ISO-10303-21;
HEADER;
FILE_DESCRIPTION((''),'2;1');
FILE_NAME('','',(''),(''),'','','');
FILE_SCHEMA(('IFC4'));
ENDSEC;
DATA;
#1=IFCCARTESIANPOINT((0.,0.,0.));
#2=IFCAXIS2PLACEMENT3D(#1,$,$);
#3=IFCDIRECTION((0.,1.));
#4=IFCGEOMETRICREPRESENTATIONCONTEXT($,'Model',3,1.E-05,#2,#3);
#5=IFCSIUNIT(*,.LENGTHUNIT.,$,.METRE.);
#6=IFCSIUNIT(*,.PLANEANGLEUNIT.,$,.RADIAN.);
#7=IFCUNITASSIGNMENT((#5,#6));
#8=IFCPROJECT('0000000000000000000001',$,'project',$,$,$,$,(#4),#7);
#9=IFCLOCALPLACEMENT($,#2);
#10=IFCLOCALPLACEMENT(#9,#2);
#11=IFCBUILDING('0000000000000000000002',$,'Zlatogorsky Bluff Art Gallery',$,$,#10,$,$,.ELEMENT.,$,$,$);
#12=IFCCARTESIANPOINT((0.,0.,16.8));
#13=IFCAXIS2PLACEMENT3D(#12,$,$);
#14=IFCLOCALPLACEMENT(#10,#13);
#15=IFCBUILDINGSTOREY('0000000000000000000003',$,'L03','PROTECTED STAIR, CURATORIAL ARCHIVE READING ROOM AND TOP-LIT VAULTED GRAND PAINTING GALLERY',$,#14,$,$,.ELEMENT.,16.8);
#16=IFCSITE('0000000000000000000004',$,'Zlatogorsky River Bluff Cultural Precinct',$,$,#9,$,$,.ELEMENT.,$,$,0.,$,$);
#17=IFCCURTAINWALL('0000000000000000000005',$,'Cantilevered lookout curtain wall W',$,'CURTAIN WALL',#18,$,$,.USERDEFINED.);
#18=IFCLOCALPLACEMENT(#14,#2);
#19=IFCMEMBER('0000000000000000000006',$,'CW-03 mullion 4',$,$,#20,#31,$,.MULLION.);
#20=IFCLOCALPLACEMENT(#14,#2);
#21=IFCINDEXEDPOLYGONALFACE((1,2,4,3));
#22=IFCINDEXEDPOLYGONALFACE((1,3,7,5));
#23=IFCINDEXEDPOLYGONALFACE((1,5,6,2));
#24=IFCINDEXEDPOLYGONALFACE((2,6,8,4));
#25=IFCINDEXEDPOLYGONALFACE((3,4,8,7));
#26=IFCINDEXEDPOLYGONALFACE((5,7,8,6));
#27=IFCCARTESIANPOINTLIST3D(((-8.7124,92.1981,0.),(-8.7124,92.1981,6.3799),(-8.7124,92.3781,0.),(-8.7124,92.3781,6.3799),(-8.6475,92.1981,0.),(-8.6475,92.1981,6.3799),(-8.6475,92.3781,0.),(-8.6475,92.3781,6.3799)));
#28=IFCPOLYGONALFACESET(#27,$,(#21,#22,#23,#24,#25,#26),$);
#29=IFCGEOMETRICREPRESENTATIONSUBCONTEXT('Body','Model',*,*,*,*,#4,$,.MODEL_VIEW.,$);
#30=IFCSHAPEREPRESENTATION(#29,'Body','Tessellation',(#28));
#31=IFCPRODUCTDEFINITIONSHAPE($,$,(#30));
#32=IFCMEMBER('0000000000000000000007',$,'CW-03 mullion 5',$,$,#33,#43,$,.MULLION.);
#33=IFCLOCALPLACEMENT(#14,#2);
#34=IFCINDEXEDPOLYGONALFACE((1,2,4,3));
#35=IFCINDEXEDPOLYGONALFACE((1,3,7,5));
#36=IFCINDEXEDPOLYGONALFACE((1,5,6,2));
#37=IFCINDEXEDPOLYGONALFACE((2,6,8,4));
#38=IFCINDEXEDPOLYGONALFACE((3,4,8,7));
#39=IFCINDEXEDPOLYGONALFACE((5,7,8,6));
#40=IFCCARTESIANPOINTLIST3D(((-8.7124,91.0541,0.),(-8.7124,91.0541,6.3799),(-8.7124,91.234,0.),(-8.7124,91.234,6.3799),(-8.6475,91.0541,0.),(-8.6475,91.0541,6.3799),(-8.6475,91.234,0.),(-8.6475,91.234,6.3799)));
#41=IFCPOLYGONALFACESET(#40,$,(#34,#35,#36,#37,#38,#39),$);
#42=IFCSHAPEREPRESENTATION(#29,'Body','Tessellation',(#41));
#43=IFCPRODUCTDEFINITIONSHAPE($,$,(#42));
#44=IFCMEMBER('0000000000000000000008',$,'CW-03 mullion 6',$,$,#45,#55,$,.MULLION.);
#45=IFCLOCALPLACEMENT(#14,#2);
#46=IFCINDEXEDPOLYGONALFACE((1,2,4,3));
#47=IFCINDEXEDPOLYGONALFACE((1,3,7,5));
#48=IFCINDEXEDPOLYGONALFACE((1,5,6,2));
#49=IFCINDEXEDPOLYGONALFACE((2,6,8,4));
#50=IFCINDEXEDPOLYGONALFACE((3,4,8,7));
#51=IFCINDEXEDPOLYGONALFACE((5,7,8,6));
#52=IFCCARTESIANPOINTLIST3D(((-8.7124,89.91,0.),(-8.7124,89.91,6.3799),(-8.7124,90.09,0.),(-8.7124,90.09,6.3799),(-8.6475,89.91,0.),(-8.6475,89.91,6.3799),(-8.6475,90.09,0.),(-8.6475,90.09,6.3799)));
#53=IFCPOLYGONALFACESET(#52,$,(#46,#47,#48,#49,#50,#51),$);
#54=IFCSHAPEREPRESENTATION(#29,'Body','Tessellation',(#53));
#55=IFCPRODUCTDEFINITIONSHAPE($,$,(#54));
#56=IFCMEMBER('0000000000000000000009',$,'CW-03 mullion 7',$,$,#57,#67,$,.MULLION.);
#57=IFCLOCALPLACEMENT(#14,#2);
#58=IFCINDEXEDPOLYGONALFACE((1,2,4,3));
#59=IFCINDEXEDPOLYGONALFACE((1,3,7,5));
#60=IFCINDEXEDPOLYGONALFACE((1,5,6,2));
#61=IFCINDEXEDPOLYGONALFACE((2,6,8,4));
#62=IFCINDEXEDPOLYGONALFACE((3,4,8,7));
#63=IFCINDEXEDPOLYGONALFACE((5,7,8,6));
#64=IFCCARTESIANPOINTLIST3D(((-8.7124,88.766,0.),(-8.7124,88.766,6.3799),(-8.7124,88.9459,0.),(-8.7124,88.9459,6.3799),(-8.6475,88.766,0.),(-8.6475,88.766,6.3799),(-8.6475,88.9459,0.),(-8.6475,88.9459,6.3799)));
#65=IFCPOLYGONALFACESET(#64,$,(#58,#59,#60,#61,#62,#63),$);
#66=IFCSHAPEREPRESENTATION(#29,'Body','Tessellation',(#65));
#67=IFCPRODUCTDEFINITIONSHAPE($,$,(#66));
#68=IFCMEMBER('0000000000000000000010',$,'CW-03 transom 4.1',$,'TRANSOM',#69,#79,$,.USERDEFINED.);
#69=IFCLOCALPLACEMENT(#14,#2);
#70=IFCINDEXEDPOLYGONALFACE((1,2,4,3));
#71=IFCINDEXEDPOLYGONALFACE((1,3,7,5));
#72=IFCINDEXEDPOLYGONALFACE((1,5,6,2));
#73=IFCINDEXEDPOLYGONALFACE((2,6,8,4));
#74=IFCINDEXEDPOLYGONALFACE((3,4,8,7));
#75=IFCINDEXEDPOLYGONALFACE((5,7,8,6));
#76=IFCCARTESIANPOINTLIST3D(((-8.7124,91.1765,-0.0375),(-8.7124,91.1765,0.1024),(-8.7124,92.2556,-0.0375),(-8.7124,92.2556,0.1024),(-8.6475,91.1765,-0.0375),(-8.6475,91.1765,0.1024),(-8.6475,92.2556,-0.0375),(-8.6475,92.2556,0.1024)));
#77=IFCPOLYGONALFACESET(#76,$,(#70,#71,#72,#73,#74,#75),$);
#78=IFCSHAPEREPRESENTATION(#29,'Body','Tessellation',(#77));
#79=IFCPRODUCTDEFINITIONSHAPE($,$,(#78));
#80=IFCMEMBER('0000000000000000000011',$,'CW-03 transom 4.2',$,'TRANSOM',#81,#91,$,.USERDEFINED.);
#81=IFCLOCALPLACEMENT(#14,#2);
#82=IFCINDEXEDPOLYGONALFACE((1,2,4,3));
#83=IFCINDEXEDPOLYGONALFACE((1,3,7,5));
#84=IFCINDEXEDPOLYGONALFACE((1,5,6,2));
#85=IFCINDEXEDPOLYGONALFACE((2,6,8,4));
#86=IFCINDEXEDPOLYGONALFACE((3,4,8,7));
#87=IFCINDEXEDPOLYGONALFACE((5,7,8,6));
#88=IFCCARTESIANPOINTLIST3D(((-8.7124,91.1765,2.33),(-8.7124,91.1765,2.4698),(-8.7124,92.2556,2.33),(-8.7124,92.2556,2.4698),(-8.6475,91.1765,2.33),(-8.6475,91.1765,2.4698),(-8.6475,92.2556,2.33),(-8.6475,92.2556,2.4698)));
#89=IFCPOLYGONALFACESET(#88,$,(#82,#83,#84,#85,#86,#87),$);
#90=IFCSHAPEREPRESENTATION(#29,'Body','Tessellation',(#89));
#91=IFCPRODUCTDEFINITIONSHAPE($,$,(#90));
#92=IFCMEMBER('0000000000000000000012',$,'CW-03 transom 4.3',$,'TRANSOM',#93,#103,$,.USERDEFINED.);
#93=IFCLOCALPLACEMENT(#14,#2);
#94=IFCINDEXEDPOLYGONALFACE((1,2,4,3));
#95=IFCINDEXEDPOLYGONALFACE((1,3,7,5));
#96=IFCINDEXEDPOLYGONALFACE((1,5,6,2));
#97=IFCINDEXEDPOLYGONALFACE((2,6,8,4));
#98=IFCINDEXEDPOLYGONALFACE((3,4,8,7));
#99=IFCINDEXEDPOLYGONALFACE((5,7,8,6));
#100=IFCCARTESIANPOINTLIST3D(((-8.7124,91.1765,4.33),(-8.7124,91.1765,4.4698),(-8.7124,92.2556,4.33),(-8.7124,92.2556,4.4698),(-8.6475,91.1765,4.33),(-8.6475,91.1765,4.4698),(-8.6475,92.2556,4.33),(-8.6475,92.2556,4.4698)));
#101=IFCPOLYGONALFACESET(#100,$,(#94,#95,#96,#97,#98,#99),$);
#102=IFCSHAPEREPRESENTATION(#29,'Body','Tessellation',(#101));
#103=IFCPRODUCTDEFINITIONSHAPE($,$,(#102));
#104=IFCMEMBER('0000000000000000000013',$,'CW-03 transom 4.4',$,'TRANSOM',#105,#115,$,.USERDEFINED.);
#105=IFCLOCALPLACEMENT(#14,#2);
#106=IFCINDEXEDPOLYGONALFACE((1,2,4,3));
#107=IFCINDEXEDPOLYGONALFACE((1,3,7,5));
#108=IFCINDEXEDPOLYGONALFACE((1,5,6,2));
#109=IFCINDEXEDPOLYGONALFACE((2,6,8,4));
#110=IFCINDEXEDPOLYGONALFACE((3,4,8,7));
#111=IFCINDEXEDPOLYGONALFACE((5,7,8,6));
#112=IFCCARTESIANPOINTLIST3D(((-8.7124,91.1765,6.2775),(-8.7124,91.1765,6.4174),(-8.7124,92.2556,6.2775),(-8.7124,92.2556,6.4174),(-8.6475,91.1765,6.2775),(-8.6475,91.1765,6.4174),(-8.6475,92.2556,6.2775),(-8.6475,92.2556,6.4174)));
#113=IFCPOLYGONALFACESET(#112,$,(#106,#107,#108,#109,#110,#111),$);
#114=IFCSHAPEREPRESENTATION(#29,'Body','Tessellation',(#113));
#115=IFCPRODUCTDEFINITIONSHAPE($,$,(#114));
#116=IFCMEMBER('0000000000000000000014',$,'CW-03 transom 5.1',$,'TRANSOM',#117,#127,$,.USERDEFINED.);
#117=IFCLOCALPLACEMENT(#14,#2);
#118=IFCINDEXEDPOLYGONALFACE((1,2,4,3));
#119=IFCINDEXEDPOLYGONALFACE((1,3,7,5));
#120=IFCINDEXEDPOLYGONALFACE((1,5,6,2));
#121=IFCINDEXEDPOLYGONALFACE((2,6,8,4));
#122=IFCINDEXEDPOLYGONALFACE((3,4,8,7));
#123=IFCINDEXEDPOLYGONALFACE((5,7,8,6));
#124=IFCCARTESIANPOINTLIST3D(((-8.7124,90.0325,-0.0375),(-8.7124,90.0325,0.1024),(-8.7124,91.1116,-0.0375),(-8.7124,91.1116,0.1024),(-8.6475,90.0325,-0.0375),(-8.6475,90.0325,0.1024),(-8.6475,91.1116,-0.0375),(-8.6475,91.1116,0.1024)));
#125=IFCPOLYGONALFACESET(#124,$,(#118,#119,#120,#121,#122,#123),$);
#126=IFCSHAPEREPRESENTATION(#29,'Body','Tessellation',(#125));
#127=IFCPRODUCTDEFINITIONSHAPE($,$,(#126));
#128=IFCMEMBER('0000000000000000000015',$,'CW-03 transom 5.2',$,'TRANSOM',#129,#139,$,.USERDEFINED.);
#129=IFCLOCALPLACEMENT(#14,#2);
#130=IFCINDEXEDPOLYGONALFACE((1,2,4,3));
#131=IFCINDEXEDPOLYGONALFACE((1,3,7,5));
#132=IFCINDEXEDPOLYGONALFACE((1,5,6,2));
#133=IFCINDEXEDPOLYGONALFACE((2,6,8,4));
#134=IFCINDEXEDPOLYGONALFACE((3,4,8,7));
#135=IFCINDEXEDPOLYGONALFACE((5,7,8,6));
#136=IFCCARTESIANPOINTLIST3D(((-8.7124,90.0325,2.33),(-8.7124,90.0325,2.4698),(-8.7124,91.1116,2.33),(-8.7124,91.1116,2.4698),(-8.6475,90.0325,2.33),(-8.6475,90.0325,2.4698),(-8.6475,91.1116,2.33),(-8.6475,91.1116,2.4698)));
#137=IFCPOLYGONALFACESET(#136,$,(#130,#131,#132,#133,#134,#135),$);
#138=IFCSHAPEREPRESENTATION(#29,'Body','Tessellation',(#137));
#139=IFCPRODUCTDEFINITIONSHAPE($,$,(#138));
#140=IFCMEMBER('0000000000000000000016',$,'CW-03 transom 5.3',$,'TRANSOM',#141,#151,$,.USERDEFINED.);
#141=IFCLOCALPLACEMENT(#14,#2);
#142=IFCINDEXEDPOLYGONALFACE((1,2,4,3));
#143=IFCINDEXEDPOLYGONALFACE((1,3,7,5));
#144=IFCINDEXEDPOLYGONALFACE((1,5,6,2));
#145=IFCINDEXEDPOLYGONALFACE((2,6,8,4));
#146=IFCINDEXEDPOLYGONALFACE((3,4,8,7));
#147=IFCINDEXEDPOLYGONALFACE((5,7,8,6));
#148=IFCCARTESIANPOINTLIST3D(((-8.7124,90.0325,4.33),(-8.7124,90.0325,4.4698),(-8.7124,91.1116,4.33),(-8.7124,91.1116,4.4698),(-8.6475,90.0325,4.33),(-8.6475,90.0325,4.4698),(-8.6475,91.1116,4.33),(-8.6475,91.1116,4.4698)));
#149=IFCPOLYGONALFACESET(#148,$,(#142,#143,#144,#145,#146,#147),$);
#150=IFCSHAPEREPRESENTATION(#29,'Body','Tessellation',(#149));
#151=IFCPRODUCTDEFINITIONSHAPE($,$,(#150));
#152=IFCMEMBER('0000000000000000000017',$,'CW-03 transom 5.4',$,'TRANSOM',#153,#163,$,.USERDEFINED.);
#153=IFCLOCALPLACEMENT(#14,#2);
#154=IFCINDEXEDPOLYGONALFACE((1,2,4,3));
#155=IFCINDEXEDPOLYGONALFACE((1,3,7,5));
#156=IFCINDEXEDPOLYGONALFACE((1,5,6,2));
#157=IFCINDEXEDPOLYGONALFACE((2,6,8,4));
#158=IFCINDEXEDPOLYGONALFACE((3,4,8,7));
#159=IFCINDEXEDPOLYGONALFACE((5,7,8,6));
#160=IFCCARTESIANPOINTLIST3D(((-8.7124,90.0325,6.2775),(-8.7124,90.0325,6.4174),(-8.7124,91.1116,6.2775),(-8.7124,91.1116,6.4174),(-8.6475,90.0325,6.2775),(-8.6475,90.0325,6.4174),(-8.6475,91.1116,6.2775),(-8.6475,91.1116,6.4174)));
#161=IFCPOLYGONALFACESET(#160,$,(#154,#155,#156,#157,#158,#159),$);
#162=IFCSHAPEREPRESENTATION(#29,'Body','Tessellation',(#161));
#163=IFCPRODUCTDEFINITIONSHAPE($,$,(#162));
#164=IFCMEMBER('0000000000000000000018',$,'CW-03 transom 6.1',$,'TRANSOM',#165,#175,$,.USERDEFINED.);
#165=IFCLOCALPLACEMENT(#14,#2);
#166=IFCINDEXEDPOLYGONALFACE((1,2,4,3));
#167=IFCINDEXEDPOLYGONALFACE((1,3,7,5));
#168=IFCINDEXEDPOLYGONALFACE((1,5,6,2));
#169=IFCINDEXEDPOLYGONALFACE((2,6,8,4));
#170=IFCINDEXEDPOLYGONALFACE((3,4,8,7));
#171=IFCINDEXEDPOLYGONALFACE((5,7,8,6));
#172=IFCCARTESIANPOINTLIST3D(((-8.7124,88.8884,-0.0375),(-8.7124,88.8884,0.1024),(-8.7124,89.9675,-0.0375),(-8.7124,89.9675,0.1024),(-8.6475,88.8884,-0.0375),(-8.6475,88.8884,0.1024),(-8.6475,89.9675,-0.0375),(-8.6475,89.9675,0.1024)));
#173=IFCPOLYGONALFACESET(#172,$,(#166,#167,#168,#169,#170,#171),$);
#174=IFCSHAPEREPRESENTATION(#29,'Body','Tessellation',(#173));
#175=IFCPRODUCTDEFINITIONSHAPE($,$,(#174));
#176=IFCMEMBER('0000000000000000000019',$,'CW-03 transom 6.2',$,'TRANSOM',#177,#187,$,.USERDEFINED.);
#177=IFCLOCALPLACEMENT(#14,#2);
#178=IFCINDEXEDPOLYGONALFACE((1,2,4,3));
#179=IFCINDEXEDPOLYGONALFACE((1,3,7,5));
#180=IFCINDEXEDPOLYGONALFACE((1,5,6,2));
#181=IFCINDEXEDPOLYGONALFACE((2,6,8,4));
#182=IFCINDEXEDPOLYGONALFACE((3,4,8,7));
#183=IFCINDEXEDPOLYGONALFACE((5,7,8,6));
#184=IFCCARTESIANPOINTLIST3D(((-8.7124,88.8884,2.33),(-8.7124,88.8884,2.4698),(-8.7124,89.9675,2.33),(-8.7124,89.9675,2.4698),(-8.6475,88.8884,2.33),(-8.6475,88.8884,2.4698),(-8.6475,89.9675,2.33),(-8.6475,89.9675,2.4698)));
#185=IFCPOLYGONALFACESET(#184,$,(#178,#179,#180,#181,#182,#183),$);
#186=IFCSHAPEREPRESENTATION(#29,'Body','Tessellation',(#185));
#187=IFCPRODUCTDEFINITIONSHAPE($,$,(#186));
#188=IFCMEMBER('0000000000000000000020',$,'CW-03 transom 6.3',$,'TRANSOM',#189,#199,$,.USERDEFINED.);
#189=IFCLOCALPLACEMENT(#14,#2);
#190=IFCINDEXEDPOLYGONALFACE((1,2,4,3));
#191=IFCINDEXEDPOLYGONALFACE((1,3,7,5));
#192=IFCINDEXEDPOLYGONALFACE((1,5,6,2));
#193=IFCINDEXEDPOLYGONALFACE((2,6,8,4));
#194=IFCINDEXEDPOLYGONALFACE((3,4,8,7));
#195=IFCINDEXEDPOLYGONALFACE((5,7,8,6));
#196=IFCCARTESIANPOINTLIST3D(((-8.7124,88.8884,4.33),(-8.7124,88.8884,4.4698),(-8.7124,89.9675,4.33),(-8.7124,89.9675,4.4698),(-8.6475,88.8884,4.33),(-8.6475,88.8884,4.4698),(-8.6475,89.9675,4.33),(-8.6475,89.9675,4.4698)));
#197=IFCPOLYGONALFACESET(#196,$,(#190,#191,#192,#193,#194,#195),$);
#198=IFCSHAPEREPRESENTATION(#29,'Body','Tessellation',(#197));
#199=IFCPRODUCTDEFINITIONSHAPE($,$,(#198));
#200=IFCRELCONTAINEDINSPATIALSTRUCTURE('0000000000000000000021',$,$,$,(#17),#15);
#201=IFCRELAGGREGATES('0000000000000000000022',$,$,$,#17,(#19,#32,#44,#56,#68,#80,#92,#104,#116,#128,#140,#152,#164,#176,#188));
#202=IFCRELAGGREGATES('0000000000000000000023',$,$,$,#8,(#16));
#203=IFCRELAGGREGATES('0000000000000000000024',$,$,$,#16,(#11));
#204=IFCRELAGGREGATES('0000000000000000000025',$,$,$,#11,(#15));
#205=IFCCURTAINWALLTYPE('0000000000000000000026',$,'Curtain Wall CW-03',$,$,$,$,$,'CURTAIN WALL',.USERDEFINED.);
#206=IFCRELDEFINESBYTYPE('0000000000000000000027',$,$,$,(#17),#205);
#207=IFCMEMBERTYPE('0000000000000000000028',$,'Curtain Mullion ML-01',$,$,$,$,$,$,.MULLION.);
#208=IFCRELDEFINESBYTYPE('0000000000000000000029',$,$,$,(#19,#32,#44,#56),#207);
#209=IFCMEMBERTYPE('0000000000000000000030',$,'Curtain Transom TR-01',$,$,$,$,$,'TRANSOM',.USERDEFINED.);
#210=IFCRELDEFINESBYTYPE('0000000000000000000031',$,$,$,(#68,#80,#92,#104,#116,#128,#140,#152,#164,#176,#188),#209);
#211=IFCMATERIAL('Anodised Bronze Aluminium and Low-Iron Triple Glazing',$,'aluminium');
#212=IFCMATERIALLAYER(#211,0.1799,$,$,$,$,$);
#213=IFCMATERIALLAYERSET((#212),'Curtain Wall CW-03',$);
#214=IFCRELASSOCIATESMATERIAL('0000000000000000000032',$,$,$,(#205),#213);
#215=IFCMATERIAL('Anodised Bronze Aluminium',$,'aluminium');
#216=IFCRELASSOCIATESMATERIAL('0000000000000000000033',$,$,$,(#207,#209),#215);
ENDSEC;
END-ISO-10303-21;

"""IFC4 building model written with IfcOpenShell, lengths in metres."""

from ifc_helpers import new_model, si_unit, direction, frame, origin, origin_2d, place, context, subcontext, project, spatial, rectangle, extrude, material, layer, layer_set, material_profile, profile_set, type_object, element, aggregate, save


model = new_model("IFC4")

# Units and contexts
model_context = context("Model", 3, precision=1e-05, world=origin(), true_north=direction((0.0, 1.0)))
body_context = subcontext(model_context, "Body", "Model", "MODEL_VIEW")
ifc_project = project(units=[si_unit("LENGTHUNIT", "METRE"), si_unit("PLANEANGLEUNIT", "RADIAN")], contexts=[model_context])

# Site, building, storey
site_placement = place(None, origin())
site = spatial("IfcSite", under=ifc_project, at=site_placement, Name="Zlatogorsky River Bluff Cultural Precinct", CompositionType="ELEMENT", RefElevation=0.0)
building_placement = place(site_placement, origin())
building = spatial("IfcBuilding", under=site, at=building_placement, Name="Zlatogorsky Bluff Art Gallery", CompositionType="ELEMENT")
storey_placement = place(building_placement, frame((0.0, 0.0, 16.8)))
storey = spatial("IfcBuildingStorey", under=building, at=storey_placement, Name="L03", Description="PROTECTED STAIR, CURATORIAL ARCHIVE READING ROOM AND TOP-LIT VAULTED GRAND PAINTING GALLERY", CompositionType="ELEMENT", Elevation=16.8)

# Curtain wall, members
ifc_material_1 = material(Name="Anodised Bronze Aluminium and Low-Iron Triple Glazing", Category="aluminium")
ifc_layer_1 = layer(ifc_material_1, 0.1799)
ifc_layer_set_1 = layer_set([ifc_layer_1], Name="Curtain Wall CW-03")
curtain_wall_type = type_object("IfcCurtainWallType", Name="Curtain Wall CW-03", ElementType="CURTAIN WALL", PredefinedType="USERDEFINED", material=ifc_layer_set_1)
curtain_wall_placement = place(storey_placement, origin())
curtain_wall = element("IfcCurtainWall", 1, at=curtain_wall_placement, inside=storey, type_object=curtain_wall_type, Name="Cantilevered lookout curtain wall W", ObjectType="CURTAIN WALL", PredefinedType="USERDEFINED")
ifc_material_2 = material(Name="Anodised Bronze Aluminium", Category="aluminium")
ifc_material_profile_1 = material_profile(ifc_material_2, rectangle(XDim=0.0649, YDim=0.1799, at=origin_2d()), Name="ALU MULLION 65x180")
ifc_profile_set_1 = profile_set([ifc_material_profile_1], Name="Anodised Bronze Aluminium")
member_type_1 = type_object("IfcMemberType", Name="Curtain Mullion ML-01", PredefinedType="MULLION", material=ifc_profile_set_1)
member_1_placement = place(storey_placement, frame((-8.6799, 92.2881, 0.0), z_axis=(0.0, 0.0, 1.0), x_axis=(1.0, 0.0, 0.0)))
member_1 = element("IfcMember", 2, at=member_1_placement, type_object=member_type_1, Name="CW-03 mullion 4", PredefinedType="MULLION", context=body_context, shape_type="SweptSolid", body=[
    extrude(rectangle(XDim=0.0649, YDim=0.1799, at=origin_2d()), origin(), (0.0, 0.0, 1.0), 6.3799),
])
member_2_placement = place(storey_placement, frame((-8.6799, 91.144, 0.0), z_axis=(0.0, 0.0, 1.0), x_axis=(1.0, 0.0, 0.0)))
member_2 = element("IfcMember", 3, at=member_2_placement, type_object=member_type_1, Name="CW-03 mullion 5", PredefinedType="MULLION", context=body_context, shape_type="SweptSolid", body=[
    extrude(rectangle(XDim=0.0649, YDim=0.1799, at=origin_2d()), origin(), (0.0, 0.0, 1.0), 6.3799),
])
member_3_placement = place(storey_placement, frame((-8.6799, 90.0, 0.0), z_axis=(0.0, 0.0, 1.0), x_axis=(1.0, 0.0, 0.0)))
member_3 = element("IfcMember", 4, at=member_3_placement, type_object=member_type_1, Name="CW-03 mullion 6", PredefinedType="MULLION", context=body_context, shape_type="SweptSolid", body=[
    extrude(rectangle(XDim=0.0649, YDim=0.1799, at=origin_2d()), origin(), (0.0, 0.0, 1.0), 6.3799),
])
member_4_placement = place(storey_placement, frame((-8.6799, 88.856, 0.0), z_axis=(0.0, 0.0, 1.0), x_axis=(1.0, 0.0, 0.0)))
member_4 = element("IfcMember", 5, at=member_4_placement, type_object=member_type_1, Name="CW-03 mullion 7", PredefinedType="MULLION", context=body_context, shape_type="SweptSolid", body=[
    extrude(rectangle(XDim=0.0649, YDim=0.1799, at=origin_2d()), origin(), (0.0, 0.0, 1.0), 6.3799),
])
ifc_material_profile_2 = material_profile(ifc_material_2, rectangle(XDim=0.0649, YDim=0.1399, at=origin_2d()), Name="ALU TRANSOM 65x140")
ifc_profile_set_2 = profile_set([ifc_material_profile_2], Name="Anodised Bronze Aluminium")
member_type_2 = type_object("IfcMemberType", Name="Curtain Transom TR-01", ElementType="TRANSOM", PredefinedType="USERDEFINED", material=ifc_profile_set_2)
member_5_placement = place(storey_placement, frame((-8.6799, 92.2556, 0.0325), z_axis=(0.0, -1.0, 0.0), x_axis=(1.0, 0.0, 0.0)))
member_5 = element("IfcMember", 6, at=member_5_placement, type_object=member_type_2, Name="CW-03 transom 4.1", ObjectType="TRANSOM", PredefinedType="USERDEFINED", context=body_context, shape_type="SweptSolid", body=[
    extrude(rectangle(XDim=0.0649, YDim=0.1399, at=origin_2d()), origin(), (0.0, 0.0, 1.0), 1.0791),
])
member_6_placement = place(storey_placement, frame((-8.6799, 92.2556, 2.3999), z_axis=(0.0, -1.0, 0.0), x_axis=(1.0, 0.0, 0.0)))
member_6 = element("IfcMember", 7, at=member_6_placement, type_object=member_type_2, Name="CW-03 transom 4.2", ObjectType="TRANSOM", PredefinedType="USERDEFINED", context=body_context, shape_type="SweptSolid", body=[
    extrude(rectangle(XDim=0.0649, YDim=0.1399, at=origin_2d()), origin(), (0.0, 0.0, 1.0), 1.0791),
])
member_7_placement = place(storey_placement, frame((-8.6799, 92.2556, 4.3999), z_axis=(0.0, -1.0, 0.0), x_axis=(1.0, 0.0, 0.0)))
member_7 = element("IfcMember", 8, at=member_7_placement, type_object=member_type_2, Name="CW-03 transom 4.3", ObjectType="TRANSOM", PredefinedType="USERDEFINED", context=body_context, shape_type="SweptSolid", body=[
    extrude(rectangle(XDim=0.0649, YDim=0.1399, at=origin_2d()), origin(), (0.0, 0.0, 1.0), 1.0791),
])
member_8_placement = place(storey_placement, frame((-8.6799, 92.2556, 6.3474), z_axis=(0.0, -1.0, 0.0), x_axis=(1.0, 0.0, 0.0)))
member_8 = element("IfcMember", 9, at=member_8_placement, type_object=member_type_2, Name="CW-03 transom 4.4", ObjectType="TRANSOM", PredefinedType="USERDEFINED", context=body_context, shape_type="SweptSolid", body=[
    extrude(rectangle(XDim=0.0649, YDim=0.1399, at=origin_2d()), origin(), (0.0, 0.0, 1.0), 1.0791),
])
member_9_placement = place(storey_placement, frame((-8.6799, 91.1116, 0.0325), z_axis=(0.0, -1.0, 0.0), x_axis=(1.0, 0.0, 0.0)))
member_9 = element("IfcMember", 10, at=member_9_placement, type_object=member_type_2, Name="CW-03 transom 5.1", ObjectType="TRANSOM", PredefinedType="USERDEFINED", context=body_context, shape_type="SweptSolid", body=[
    extrude(rectangle(XDim=0.0649, YDim=0.1399, at=origin_2d()), origin(), (0.0, 0.0, 1.0), 1.0791),
])
member_10_placement = place(storey_placement, frame((-8.6799, 91.1116, 2.3999), z_axis=(0.0, -1.0, 0.0), x_axis=(1.0, 0.0, 0.0)))
member_10 = element("IfcMember", 11, at=member_10_placement, type_object=member_type_2, Name="CW-03 transom 5.2", ObjectType="TRANSOM", PredefinedType="USERDEFINED", context=body_context, shape_type="SweptSolid", body=[
    extrude(rectangle(XDim=0.0649, YDim=0.1399, at=origin_2d()), origin(), (0.0, 0.0, 1.0), 1.0791),
])
member_11_placement = place(storey_placement, frame((-8.6799, 91.1116, 4.3999), z_axis=(0.0, -1.0, 0.0), x_axis=(1.0, 0.0, 0.0)))
member_11 = element("IfcMember", 12, at=member_11_placement, type_object=member_type_2, Name="CW-03 transom 5.3", ObjectType="TRANSOM", PredefinedType="USERDEFINED", context=body_context, shape_type="SweptSolid", body=[
    extrude(rectangle(XDim=0.0649, YDim=0.1399, at=origin_2d()), origin(), (0.0, 0.0, 1.0), 1.0791),
])
member_12_placement = place(storey_placement, frame((-8.6799, 91.1116, 6.3474), z_axis=(0.0, -1.0, 0.0), x_axis=(1.0, 0.0, 0.0)))
member_12 = element("IfcMember", 13, at=member_12_placement, type_object=member_type_2, Name="CW-03 transom 5.4", ObjectType="TRANSOM", PredefinedType="USERDEFINED", context=body_context, shape_type="SweptSolid", body=[
    extrude(rectangle(XDim=0.0649, YDim=0.1399, at=origin_2d()), origin(), (0.0, 0.0, 1.0), 1.0791),
])
member_13_placement = place(storey_placement, frame((-8.6799, 89.9675, 0.0325), z_axis=(0.0, -1.0, 0.0), x_axis=(1.0, 0.0, 0.0)))
member_13 = element("IfcMember", 14, at=member_13_placement, type_object=member_type_2, Name="CW-03 transom 6.1", ObjectType="TRANSOM", PredefinedType="USERDEFINED", context=body_context, shape_type="SweptSolid", body=[
    extrude(rectangle(XDim=0.0649, YDim=0.1399, at=origin_2d()), origin(), (0.0, 0.0, 1.0), 1.0791),
])
member_14_placement = place(storey_placement, frame((-8.6799, 89.9675, 2.3999), z_axis=(0.0, -1.0, 0.0), x_axis=(1.0, 0.0, 0.0)))
member_14 = element("IfcMember", 15, at=member_14_placement, type_object=member_type_2, Name="CW-03 transom 6.2", ObjectType="TRANSOM", PredefinedType="USERDEFINED", context=body_context, shape_type="SweptSolid", body=[
    extrude(rectangle(XDim=0.0649, YDim=0.1399, at=origin_2d()), origin(), (0.0, 0.0, 1.0), 1.0791),
])
member_15_placement = place(storey_placement, frame((-8.6799, 89.9675, 4.3999), z_axis=(0.0, -1.0, 0.0), x_axis=(1.0, 0.0, 0.0)))
member_15 = element("IfcMember", 16, at=member_15_placement, type_object=member_type_2, Name="CW-03 transom 6.3", ObjectType="TRANSOM", PredefinedType="USERDEFINED", context=body_context, shape_type="SweptSolid", body=[
    extrude(rectangle(XDim=0.0649, YDim=0.1399, at=origin_2d()), origin(), (0.0, 0.0, 1.0), 1.0791),
])
aggregate(curtain_wall, [member_1, member_2, member_3, member_4, member_5, member_6, member_7, member_8, member_9, member_10, member_11, member_12, member_13, member_14, member_15])

save(model, "model.ifc")
